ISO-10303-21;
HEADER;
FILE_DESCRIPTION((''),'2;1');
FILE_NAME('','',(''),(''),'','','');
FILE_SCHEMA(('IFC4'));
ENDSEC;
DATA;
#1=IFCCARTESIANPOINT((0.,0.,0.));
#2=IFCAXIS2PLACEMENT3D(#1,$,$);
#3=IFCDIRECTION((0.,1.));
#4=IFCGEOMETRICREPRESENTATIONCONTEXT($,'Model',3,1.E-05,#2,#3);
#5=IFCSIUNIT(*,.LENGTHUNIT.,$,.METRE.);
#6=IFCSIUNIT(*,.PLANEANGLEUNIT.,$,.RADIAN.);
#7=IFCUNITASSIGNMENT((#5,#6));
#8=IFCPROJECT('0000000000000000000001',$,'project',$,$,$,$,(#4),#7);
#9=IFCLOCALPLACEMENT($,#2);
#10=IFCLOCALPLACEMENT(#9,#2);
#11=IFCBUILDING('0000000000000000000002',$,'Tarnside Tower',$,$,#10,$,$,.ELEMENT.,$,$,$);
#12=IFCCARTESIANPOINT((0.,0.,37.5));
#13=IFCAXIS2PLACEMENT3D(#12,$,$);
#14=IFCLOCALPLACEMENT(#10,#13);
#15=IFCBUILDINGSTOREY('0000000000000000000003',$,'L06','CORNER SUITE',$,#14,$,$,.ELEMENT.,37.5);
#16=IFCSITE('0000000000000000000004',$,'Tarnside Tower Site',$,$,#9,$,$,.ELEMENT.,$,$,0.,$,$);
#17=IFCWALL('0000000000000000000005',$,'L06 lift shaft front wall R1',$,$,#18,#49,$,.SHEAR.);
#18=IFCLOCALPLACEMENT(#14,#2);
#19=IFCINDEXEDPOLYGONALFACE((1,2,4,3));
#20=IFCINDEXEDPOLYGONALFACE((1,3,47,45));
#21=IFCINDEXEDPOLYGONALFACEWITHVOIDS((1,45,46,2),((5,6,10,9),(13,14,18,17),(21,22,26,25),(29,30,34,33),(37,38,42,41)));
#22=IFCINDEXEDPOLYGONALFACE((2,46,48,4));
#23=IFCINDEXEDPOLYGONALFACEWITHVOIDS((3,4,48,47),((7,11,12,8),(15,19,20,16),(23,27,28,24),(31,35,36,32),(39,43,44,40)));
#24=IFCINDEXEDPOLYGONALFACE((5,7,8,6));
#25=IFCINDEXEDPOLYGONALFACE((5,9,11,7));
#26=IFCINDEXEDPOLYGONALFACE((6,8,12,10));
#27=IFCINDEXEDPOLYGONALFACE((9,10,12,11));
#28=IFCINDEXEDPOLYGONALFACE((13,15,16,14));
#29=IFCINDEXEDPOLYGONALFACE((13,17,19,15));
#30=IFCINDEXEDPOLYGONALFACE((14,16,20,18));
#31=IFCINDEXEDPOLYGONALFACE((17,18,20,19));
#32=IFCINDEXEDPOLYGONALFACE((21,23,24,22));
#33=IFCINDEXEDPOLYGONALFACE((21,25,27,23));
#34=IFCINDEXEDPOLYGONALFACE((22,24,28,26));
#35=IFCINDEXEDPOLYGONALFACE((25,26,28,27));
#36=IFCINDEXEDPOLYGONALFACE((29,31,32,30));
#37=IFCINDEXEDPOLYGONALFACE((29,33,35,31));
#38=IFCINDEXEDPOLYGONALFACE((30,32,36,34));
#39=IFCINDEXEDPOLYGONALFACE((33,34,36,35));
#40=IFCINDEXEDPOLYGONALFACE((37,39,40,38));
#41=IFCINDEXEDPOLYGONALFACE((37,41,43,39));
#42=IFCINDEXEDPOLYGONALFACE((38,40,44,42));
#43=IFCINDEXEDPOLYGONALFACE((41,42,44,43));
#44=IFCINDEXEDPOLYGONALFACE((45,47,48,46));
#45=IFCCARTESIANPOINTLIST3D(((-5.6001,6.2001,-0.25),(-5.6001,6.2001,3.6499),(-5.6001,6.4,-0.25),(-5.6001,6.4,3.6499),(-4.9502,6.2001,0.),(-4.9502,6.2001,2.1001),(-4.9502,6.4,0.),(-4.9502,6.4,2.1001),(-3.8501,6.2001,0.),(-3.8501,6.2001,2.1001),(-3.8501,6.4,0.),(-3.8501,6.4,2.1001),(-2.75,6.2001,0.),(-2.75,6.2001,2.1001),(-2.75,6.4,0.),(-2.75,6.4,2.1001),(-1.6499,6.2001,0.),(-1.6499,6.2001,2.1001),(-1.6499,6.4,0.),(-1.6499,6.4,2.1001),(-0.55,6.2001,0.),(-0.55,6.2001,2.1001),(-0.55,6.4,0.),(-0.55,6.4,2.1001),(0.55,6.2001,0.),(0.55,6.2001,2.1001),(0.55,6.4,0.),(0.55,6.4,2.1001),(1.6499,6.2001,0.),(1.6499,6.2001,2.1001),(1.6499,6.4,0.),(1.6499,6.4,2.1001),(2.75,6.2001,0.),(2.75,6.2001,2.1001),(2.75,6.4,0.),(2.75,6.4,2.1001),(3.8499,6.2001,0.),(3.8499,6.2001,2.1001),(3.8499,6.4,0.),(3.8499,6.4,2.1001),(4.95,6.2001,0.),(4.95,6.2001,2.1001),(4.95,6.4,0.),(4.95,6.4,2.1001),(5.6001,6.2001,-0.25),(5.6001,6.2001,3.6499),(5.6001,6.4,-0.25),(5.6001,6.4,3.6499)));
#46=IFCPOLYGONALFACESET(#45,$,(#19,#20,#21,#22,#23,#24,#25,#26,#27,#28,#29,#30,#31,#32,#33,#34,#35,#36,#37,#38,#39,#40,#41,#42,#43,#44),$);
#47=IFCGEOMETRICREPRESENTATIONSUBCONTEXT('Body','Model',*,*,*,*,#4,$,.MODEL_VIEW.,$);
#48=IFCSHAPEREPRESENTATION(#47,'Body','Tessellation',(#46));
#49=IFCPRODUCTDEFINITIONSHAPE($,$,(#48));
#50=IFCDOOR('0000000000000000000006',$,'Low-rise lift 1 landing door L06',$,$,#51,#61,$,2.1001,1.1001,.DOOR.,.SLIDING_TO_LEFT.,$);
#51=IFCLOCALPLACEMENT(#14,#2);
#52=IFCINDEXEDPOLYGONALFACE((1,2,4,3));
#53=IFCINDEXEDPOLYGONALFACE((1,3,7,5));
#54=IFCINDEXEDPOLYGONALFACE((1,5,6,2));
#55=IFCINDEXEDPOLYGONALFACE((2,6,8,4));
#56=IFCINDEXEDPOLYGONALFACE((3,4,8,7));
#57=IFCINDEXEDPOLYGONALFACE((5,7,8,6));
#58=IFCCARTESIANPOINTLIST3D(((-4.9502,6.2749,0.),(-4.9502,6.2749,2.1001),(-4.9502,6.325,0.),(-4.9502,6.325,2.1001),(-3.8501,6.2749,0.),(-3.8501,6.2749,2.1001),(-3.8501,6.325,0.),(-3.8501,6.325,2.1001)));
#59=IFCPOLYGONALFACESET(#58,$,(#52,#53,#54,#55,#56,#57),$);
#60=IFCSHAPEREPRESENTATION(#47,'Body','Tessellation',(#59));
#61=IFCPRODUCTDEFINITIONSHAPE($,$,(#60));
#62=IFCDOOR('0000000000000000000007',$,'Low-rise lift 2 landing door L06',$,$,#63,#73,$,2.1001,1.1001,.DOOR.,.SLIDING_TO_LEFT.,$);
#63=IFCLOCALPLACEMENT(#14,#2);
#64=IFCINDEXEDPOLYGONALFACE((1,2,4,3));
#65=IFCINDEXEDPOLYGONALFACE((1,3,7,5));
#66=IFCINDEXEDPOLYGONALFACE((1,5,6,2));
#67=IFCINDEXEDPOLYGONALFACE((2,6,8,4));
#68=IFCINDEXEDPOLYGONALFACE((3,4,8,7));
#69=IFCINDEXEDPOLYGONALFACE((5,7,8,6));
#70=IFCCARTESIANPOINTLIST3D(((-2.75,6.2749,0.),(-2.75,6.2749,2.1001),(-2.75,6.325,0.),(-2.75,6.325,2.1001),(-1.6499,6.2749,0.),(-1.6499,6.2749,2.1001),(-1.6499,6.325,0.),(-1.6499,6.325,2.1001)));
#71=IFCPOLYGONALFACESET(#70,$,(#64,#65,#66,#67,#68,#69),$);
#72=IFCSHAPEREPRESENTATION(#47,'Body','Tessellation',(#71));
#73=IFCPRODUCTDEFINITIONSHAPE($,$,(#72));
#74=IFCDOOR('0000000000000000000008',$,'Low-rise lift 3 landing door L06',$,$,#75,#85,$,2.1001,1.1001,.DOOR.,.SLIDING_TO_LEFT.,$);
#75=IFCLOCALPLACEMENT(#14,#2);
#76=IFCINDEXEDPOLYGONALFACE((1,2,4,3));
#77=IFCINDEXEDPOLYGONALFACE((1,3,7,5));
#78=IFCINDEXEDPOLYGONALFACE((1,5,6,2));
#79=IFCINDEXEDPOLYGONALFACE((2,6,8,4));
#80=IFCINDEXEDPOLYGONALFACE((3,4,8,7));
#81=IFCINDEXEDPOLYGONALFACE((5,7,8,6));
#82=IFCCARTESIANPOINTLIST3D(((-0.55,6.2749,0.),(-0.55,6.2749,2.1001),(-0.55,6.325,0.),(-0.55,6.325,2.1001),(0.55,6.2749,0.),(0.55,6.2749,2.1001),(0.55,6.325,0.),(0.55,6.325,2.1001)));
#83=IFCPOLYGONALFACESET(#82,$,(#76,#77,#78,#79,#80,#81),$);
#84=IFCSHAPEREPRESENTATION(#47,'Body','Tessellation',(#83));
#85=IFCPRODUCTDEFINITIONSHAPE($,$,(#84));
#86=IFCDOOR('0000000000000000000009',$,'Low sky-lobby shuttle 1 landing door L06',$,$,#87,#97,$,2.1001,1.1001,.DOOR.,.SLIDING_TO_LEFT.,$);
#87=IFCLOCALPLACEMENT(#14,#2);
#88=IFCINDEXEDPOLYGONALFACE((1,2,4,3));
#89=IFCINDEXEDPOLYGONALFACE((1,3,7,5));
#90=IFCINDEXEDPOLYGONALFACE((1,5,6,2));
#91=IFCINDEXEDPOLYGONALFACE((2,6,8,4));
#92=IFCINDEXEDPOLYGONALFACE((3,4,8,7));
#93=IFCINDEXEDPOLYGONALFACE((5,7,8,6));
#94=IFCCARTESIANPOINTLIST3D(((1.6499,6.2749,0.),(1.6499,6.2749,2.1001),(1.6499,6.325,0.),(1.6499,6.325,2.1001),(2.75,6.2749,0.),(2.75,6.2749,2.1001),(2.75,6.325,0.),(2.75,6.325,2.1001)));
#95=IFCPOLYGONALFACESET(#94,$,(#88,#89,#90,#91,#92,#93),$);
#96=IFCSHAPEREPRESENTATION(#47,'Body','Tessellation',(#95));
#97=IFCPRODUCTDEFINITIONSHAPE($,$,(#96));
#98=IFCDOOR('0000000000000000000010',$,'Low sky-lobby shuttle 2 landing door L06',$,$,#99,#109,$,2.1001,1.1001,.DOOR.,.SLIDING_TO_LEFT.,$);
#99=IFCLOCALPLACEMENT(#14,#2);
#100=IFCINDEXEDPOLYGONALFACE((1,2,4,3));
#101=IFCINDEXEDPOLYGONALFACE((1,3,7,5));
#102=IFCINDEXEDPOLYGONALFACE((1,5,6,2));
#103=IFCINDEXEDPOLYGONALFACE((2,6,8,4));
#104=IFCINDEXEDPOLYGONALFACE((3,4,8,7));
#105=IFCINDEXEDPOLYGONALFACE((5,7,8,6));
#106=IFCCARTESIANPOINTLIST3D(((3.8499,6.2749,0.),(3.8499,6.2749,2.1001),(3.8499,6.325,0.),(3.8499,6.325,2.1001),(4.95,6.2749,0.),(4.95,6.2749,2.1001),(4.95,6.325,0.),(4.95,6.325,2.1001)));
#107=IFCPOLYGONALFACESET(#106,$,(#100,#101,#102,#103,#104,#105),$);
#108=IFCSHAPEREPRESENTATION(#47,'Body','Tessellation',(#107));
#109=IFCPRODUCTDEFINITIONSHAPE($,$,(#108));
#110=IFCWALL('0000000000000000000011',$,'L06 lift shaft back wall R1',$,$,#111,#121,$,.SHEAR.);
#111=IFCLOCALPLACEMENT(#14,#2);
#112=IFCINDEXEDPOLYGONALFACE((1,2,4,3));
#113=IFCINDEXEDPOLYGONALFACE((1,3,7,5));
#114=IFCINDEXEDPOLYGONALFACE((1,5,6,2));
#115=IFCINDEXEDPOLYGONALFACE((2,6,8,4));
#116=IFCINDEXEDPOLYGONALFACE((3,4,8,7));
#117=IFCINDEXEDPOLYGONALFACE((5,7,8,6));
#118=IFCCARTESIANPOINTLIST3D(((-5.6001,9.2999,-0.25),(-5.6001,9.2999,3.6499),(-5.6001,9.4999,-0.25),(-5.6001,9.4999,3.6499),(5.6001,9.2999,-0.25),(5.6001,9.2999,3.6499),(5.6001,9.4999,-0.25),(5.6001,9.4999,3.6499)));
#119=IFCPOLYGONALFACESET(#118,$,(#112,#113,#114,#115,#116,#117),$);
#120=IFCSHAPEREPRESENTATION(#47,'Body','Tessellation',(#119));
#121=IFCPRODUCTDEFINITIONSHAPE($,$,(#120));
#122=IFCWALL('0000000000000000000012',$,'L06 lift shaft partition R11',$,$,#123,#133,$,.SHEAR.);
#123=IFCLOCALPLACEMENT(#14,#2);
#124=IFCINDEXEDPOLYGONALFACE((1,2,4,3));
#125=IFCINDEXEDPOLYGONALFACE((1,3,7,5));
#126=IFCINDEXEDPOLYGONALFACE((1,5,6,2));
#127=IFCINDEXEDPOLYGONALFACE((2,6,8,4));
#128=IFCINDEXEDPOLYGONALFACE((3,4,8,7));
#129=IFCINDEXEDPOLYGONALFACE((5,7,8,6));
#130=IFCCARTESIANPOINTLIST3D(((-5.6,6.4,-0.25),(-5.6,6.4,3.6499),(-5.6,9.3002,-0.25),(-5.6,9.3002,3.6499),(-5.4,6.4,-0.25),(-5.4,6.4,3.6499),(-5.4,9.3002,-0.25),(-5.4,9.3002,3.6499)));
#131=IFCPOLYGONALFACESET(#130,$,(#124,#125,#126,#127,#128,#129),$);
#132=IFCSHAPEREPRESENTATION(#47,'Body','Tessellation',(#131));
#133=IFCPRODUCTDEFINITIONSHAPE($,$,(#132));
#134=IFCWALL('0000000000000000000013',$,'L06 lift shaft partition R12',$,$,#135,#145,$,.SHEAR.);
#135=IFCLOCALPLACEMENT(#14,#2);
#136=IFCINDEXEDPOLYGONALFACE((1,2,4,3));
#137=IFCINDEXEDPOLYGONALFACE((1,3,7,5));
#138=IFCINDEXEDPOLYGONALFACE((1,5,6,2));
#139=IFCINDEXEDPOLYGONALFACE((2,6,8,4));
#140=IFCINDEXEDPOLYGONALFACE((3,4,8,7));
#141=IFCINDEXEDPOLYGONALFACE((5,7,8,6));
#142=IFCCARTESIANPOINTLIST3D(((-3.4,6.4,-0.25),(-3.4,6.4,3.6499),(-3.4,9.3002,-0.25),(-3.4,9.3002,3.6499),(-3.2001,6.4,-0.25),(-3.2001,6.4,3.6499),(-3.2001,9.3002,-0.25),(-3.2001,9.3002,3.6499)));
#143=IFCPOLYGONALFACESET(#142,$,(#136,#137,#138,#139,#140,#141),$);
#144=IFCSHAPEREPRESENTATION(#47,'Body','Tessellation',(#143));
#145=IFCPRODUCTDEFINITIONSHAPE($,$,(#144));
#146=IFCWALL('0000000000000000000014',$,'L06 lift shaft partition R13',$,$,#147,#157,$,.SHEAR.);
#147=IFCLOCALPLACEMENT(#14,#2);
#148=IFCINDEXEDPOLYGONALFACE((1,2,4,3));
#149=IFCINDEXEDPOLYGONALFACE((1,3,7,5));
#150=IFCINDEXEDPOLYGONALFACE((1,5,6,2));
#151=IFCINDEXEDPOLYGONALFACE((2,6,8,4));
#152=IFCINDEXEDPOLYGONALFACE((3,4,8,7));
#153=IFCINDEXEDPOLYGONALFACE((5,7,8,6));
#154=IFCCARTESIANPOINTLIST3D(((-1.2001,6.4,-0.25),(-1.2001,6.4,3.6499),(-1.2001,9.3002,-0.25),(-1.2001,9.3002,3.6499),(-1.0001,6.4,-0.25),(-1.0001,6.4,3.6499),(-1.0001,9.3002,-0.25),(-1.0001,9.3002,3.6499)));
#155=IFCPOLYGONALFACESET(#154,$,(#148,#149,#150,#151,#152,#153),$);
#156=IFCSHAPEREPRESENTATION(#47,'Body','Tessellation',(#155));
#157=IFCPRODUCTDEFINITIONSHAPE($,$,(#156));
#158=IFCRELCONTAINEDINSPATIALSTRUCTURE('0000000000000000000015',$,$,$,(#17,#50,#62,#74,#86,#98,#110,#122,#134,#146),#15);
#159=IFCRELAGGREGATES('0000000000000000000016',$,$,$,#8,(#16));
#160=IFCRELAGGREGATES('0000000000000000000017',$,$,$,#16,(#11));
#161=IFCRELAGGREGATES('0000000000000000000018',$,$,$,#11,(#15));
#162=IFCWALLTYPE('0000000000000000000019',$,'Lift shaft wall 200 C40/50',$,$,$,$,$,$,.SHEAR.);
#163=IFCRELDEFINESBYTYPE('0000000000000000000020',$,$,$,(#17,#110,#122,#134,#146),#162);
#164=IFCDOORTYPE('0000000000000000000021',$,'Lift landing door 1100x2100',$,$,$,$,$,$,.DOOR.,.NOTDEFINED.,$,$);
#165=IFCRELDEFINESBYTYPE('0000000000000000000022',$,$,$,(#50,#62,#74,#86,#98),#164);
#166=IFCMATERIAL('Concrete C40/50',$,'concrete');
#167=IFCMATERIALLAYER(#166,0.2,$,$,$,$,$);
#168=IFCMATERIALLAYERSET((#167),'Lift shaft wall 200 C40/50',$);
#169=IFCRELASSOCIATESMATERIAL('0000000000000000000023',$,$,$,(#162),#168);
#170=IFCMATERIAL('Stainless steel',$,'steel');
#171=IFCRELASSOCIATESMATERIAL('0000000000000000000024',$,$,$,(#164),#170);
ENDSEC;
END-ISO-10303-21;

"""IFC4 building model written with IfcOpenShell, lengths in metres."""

from ifc_helpers import new_model, si_unit, direction, frame, frame_2d, origin, place, context, subcontext, project, spatial, rectangle, extrude, material, layer, layer_set, type_object, element, fill, save


model = new_model("IFC4")

# Units and contexts
model_context = context("Model", 3, precision=1e-05, world=origin(), true_north=direction((0.0, 1.0)))
body_context = subcontext(model_context, "Body", "Model", "MODEL_VIEW")
ifc_project = project(units=[si_unit("LENGTHUNIT", "METRE"), si_unit("PLANEANGLEUNIT", "RADIAN")], contexts=[model_context])

# Site, building, storey
site_placement = place(None, origin())
site = spatial("IfcSite", under=ifc_project, at=site_placement, Name="Tarnside Tower Site", CompositionType="ELEMENT", RefElevation=0.0)
building_placement = place(site_placement, origin())
building = spatial("IfcBuilding", under=site, at=building_placement, Name="Tarnside Tower", CompositionType="ELEMENT")
storey_placement = place(building_placement, frame((0.0, 0.0, 37.5)))
storey = spatial("IfcBuildingStorey", under=building, at=storey_placement, Name="L06", Description="CORNER SUITE", CompositionType="ELEMENT", Elevation=37.5)

# Wall, openings, doors
ifc_material_1 = material(Name="Concrete C40/50", Category="concrete")
ifc_layer_1 = layer(ifc_material_1, 0.2)
ifc_layer_set_1 = layer_set([ifc_layer_1], Name="Lift shaft wall 200 C40/50")
wall_type_1 = type_object("IfcWallType", Name="Lift shaft wall 200 C40/50", PredefinedType="SHEAR", material=ifc_layer_set_1)
wall_1_placement = place(storey_placement, frame((-5.6001, 6.3, -0.25), z_axis=(0.0, 0.0, 1.0), x_axis=(1.0, 0.0, 0.0)))
wall_1 = element("IfcWall", 1, at=wall_1_placement, inside=storey, type_object=wall_type_1, Name="L06 lift shaft front wall R1", PredefinedType="SHEAR", context=body_context, shape_type="SweptSolid", body=[
    extrude(rectangle(XDim=11.2002, YDim=0.2, at=frame_2d((5.6001, 0.0))), origin(), (0.0, 0.0, 1.0), 3.8999),
])
opening_1_placement = place(wall_1_placement, frame((0.6499, 0.0, 0.25)))
opening_1 = element("IfcOpeningElement", 2, at=opening_1_placement, cuts=wall_1, PredefinedType="OPENING", context=body_context, shape_type="SweptSolid", body=[
    extrude(rectangle(XDim=1.1001, YDim=2.1001, at=frame_2d((0.55, 1.05))), frame((0.0, 0.1099, 0.0), z_axis=(0.0, -1.0, 0.0), x_axis=(1.0, 0.0, 0.0)), (0.0, 0.0, 1.0), 0.22),
])
opening_2_placement = place(wall_1_placement, frame((2.8501, 0.0, 0.25)))
opening_2 = element("IfcOpeningElement", 3, at=opening_2_placement, cuts=wall_1, PredefinedType="OPENING", context=body_context, shape_type="SweptSolid", body=[
    extrude(rectangle(XDim=1.1001, YDim=2.1001, at=frame_2d((0.55, 1.05))), frame((0.0, 0.1099, 0.0), z_axis=(0.0, -1.0, 0.0), x_axis=(1.0, 0.0, 0.0)), (0.0, 0.0, 1.0), 0.22),
])
opening_3_placement = place(wall_1_placement, frame((5.05, 0.0, 0.25)))
opening_3 = element("IfcOpeningElement", 4, at=opening_3_placement, cuts=wall_1, PredefinedType="OPENING", context=body_context, shape_type="SweptSolid", body=[
    extrude(rectangle(XDim=1.1001, YDim=2.1001, at=frame_2d((0.55, 1.05))), frame((0.0, 0.1099, 0.0), z_axis=(0.0, -1.0, 0.0), x_axis=(1.0, 0.0, 0.0)), (0.0, 0.0, 1.0), 0.22),
])
opening_4_placement = place(wall_1_placement, frame((7.25, 0.0, 0.25)))
opening_4 = element("IfcOpeningElement", 5, at=opening_4_placement, cuts=wall_1, PredefinedType="OPENING", context=body_context, shape_type="SweptSolid", body=[
    extrude(rectangle(XDim=1.1001, YDim=2.1001, at=frame_2d((0.55, 1.05))), frame((0.0, 0.1099, 0.0), z_axis=(0.0, -1.0, 0.0), x_axis=(1.0, 0.0, 0.0)), (0.0, 0.0, 1.0), 0.22),
])
opening_5_placement = place(wall_1_placement, frame((9.45, 0.0, 0.25)))
opening_5 = element("IfcOpeningElement", 6, at=opening_5_placement, cuts=wall_1, PredefinedType="OPENING", context=body_context, shape_type="SweptSolid", body=[
    extrude(rectangle(XDim=1.1001, YDim=2.1001, at=frame_2d((0.55, 1.05))), frame((0.0, 0.1099, 0.0), z_axis=(0.0, -1.0, 0.0), x_axis=(1.0, 0.0, 0.0)), (0.0, 0.0, 1.0), 0.22),
])
ifc_material_2 = material(Name="Stainless steel", Category="steel")
door_type_1 = type_object("IfcDoorType", Name="Lift landing door 1100x2100", OperationType="NOTDEFINED", PredefinedType="DOOR", material=ifc_material_2)
door_1_placement = place(opening_1_placement, origin())
door_1 = element("IfcDoor", 7, at=door_1_placement, inside=storey, type_object=door_type_1, Name="Low-rise lift 1 landing door L06", OperationType="SLIDING_TO_LEFT", OverallHeight=2.1001, OverallWidth=1.1001, PredefinedType="DOOR", context=body_context, shape_type="SweptSolid", body=[
    extrude(rectangle(XDim=1.1001, YDim=2.1001, at=frame_2d((0.55, 1.05))), frame((0.0, 0.0249, 0.0), z_axis=(0.0, -1.0, 0.0), x_axis=(1.0, 0.0, 0.0)), (0.0, 0.0, 1.0), 0.05),
])
fill(opening_1, door_1)
door_2_placement = place(opening_2_placement, origin())
door_2 = element("IfcDoor", 8, at=door_2_placement, inside=storey, type_object=door_type_1, Name="Low-rise lift 2 landing door L06", OperationType="SLIDING_TO_LEFT", OverallHeight=2.1001, OverallWidth=1.1001, PredefinedType="DOOR", context=body_context, shape_type="SweptSolid", body=[
    extrude(rectangle(XDim=1.1001, YDim=2.1001, at=frame_2d((0.55, 1.05))), frame((0.0, 0.0249, 0.0), z_axis=(0.0, -1.0, 0.0), x_axis=(1.0, 0.0, 0.0)), (0.0, 0.0, 1.0), 0.05),
])
fill(opening_2, door_2)
door_3_placement = place(opening_3_placement, origin())
door_3 = element("IfcDoor", 9, at=door_3_placement, inside=storey, type_object=door_type_1, Name="Low-rise lift 3 landing door L06", OperationType="SLIDING_TO_LEFT", OverallHeight=2.1001, OverallWidth=1.1001, PredefinedType="DOOR", context=body_context, shape_type="SweptSolid", body=[
    extrude(rectangle(XDim=1.1001, YDim=2.1001, at=frame_2d((0.55, 1.05))), frame((0.0, 0.0249, 0.0), z_axis=(0.0, -1.0, 0.0), x_axis=(1.0, 0.0, 0.0)), (0.0, 0.0, 1.0), 0.05),
])
fill(opening_3, door_3)
door_4_placement = place(opening_4_placement, origin())
door_4 = element("IfcDoor", 10, at=door_4_placement, inside=storey, type_object=door_type_1, Name="Low sky-lobby shuttle 1 landing door L06", OperationType="SLIDING_TO_LEFT", OverallHeight=2.1001, OverallWidth=1.1001, PredefinedType="DOOR", context=body_context, shape_type="SweptSolid", body=[
    extrude(rectangle(XDim=1.1001, YDim=2.1001, at=frame_2d((0.55, 1.05))), frame((0.0, 0.0249, 0.0), z_axis=(0.0, -1.0, 0.0), x_axis=(1.0, 0.0, 0.0)), (0.0, 0.0, 1.0), 0.05),
])
fill(opening_4, door_4)
door_5_placement = place(opening_5_placement, origin())
door_5 = element("IfcDoor", 11, at=door_5_placement, inside=storey, type_object=door_type_1, Name="Low sky-lobby shuttle 2 landing door L06", OperationType="SLIDING_TO_LEFT", OverallHeight=2.1001, OverallWidth=1.1001, PredefinedType="DOOR", context=body_context, shape_type="SweptSolid", body=[
    extrude(rectangle(XDim=1.1001, YDim=2.1001, at=frame_2d((0.55, 1.05))), frame((0.0, 0.0249, 0.0), z_axis=(0.0, -1.0, 0.0), x_axis=(1.0, 0.0, 0.0)), (0.0, 0.0, 1.0), 0.05),
])
fill(opening_5, door_5)

# Walls
wall_2_placement = place(storey_placement, frame((-5.6001, 9.3999, -0.25), z_axis=(0.0, 0.0, 1.0), x_axis=(1.0, 0.0, 0.0)))
element("IfcWall", 12, at=wall_2_placement, inside=storey, type_object=wall_type_1, Name="L06 lift shaft back wall R1", PredefinedType="SHEAR", context=body_context, shape_type="SweptSolid", body=[
    extrude(rectangle(XDim=11.2002, YDim=0.2, at=frame_2d((5.6001, 0.0))), origin(), (0.0, 0.0, 1.0), 3.8999),
])
for number, where, z_axis, x_axis, name in (
    (13, (-5.5, 6.3999, -0.25), (0.0, 0.0, 1.0), (0.0, 1.0, 0.0), "L06 lift shaft partition R11"),
    (14, (-3.3, 6.3999, -0.25), (0.0, 0.0, 1.0), (0.0, 1.0, 0.0), "L06 lift shaft partition R12"),
    (15, (-1.1001, 6.3999, -0.25), (0.0, 0.0, 1.0), (0.0, 1.0, 0.0), "L06 lift shaft partition R13"),
):
    element("IfcWall", number, at=place(storey_placement, frame(where, z_axis=z_axis, x_axis=x_axis)), inside=storey, type_object=wall_type_1, Name=name, PredefinedType="SHEAR", context=body_context, shape_type="SweptSolid", body=[
        extrude(rectangle(XDim=2.9001, YDim=0.2, at=frame_2d((1.4502, 0.0))), origin(), (0.0, 0.0, 1.0), 3.8999),
    ])

save(model, "model.ifc")
